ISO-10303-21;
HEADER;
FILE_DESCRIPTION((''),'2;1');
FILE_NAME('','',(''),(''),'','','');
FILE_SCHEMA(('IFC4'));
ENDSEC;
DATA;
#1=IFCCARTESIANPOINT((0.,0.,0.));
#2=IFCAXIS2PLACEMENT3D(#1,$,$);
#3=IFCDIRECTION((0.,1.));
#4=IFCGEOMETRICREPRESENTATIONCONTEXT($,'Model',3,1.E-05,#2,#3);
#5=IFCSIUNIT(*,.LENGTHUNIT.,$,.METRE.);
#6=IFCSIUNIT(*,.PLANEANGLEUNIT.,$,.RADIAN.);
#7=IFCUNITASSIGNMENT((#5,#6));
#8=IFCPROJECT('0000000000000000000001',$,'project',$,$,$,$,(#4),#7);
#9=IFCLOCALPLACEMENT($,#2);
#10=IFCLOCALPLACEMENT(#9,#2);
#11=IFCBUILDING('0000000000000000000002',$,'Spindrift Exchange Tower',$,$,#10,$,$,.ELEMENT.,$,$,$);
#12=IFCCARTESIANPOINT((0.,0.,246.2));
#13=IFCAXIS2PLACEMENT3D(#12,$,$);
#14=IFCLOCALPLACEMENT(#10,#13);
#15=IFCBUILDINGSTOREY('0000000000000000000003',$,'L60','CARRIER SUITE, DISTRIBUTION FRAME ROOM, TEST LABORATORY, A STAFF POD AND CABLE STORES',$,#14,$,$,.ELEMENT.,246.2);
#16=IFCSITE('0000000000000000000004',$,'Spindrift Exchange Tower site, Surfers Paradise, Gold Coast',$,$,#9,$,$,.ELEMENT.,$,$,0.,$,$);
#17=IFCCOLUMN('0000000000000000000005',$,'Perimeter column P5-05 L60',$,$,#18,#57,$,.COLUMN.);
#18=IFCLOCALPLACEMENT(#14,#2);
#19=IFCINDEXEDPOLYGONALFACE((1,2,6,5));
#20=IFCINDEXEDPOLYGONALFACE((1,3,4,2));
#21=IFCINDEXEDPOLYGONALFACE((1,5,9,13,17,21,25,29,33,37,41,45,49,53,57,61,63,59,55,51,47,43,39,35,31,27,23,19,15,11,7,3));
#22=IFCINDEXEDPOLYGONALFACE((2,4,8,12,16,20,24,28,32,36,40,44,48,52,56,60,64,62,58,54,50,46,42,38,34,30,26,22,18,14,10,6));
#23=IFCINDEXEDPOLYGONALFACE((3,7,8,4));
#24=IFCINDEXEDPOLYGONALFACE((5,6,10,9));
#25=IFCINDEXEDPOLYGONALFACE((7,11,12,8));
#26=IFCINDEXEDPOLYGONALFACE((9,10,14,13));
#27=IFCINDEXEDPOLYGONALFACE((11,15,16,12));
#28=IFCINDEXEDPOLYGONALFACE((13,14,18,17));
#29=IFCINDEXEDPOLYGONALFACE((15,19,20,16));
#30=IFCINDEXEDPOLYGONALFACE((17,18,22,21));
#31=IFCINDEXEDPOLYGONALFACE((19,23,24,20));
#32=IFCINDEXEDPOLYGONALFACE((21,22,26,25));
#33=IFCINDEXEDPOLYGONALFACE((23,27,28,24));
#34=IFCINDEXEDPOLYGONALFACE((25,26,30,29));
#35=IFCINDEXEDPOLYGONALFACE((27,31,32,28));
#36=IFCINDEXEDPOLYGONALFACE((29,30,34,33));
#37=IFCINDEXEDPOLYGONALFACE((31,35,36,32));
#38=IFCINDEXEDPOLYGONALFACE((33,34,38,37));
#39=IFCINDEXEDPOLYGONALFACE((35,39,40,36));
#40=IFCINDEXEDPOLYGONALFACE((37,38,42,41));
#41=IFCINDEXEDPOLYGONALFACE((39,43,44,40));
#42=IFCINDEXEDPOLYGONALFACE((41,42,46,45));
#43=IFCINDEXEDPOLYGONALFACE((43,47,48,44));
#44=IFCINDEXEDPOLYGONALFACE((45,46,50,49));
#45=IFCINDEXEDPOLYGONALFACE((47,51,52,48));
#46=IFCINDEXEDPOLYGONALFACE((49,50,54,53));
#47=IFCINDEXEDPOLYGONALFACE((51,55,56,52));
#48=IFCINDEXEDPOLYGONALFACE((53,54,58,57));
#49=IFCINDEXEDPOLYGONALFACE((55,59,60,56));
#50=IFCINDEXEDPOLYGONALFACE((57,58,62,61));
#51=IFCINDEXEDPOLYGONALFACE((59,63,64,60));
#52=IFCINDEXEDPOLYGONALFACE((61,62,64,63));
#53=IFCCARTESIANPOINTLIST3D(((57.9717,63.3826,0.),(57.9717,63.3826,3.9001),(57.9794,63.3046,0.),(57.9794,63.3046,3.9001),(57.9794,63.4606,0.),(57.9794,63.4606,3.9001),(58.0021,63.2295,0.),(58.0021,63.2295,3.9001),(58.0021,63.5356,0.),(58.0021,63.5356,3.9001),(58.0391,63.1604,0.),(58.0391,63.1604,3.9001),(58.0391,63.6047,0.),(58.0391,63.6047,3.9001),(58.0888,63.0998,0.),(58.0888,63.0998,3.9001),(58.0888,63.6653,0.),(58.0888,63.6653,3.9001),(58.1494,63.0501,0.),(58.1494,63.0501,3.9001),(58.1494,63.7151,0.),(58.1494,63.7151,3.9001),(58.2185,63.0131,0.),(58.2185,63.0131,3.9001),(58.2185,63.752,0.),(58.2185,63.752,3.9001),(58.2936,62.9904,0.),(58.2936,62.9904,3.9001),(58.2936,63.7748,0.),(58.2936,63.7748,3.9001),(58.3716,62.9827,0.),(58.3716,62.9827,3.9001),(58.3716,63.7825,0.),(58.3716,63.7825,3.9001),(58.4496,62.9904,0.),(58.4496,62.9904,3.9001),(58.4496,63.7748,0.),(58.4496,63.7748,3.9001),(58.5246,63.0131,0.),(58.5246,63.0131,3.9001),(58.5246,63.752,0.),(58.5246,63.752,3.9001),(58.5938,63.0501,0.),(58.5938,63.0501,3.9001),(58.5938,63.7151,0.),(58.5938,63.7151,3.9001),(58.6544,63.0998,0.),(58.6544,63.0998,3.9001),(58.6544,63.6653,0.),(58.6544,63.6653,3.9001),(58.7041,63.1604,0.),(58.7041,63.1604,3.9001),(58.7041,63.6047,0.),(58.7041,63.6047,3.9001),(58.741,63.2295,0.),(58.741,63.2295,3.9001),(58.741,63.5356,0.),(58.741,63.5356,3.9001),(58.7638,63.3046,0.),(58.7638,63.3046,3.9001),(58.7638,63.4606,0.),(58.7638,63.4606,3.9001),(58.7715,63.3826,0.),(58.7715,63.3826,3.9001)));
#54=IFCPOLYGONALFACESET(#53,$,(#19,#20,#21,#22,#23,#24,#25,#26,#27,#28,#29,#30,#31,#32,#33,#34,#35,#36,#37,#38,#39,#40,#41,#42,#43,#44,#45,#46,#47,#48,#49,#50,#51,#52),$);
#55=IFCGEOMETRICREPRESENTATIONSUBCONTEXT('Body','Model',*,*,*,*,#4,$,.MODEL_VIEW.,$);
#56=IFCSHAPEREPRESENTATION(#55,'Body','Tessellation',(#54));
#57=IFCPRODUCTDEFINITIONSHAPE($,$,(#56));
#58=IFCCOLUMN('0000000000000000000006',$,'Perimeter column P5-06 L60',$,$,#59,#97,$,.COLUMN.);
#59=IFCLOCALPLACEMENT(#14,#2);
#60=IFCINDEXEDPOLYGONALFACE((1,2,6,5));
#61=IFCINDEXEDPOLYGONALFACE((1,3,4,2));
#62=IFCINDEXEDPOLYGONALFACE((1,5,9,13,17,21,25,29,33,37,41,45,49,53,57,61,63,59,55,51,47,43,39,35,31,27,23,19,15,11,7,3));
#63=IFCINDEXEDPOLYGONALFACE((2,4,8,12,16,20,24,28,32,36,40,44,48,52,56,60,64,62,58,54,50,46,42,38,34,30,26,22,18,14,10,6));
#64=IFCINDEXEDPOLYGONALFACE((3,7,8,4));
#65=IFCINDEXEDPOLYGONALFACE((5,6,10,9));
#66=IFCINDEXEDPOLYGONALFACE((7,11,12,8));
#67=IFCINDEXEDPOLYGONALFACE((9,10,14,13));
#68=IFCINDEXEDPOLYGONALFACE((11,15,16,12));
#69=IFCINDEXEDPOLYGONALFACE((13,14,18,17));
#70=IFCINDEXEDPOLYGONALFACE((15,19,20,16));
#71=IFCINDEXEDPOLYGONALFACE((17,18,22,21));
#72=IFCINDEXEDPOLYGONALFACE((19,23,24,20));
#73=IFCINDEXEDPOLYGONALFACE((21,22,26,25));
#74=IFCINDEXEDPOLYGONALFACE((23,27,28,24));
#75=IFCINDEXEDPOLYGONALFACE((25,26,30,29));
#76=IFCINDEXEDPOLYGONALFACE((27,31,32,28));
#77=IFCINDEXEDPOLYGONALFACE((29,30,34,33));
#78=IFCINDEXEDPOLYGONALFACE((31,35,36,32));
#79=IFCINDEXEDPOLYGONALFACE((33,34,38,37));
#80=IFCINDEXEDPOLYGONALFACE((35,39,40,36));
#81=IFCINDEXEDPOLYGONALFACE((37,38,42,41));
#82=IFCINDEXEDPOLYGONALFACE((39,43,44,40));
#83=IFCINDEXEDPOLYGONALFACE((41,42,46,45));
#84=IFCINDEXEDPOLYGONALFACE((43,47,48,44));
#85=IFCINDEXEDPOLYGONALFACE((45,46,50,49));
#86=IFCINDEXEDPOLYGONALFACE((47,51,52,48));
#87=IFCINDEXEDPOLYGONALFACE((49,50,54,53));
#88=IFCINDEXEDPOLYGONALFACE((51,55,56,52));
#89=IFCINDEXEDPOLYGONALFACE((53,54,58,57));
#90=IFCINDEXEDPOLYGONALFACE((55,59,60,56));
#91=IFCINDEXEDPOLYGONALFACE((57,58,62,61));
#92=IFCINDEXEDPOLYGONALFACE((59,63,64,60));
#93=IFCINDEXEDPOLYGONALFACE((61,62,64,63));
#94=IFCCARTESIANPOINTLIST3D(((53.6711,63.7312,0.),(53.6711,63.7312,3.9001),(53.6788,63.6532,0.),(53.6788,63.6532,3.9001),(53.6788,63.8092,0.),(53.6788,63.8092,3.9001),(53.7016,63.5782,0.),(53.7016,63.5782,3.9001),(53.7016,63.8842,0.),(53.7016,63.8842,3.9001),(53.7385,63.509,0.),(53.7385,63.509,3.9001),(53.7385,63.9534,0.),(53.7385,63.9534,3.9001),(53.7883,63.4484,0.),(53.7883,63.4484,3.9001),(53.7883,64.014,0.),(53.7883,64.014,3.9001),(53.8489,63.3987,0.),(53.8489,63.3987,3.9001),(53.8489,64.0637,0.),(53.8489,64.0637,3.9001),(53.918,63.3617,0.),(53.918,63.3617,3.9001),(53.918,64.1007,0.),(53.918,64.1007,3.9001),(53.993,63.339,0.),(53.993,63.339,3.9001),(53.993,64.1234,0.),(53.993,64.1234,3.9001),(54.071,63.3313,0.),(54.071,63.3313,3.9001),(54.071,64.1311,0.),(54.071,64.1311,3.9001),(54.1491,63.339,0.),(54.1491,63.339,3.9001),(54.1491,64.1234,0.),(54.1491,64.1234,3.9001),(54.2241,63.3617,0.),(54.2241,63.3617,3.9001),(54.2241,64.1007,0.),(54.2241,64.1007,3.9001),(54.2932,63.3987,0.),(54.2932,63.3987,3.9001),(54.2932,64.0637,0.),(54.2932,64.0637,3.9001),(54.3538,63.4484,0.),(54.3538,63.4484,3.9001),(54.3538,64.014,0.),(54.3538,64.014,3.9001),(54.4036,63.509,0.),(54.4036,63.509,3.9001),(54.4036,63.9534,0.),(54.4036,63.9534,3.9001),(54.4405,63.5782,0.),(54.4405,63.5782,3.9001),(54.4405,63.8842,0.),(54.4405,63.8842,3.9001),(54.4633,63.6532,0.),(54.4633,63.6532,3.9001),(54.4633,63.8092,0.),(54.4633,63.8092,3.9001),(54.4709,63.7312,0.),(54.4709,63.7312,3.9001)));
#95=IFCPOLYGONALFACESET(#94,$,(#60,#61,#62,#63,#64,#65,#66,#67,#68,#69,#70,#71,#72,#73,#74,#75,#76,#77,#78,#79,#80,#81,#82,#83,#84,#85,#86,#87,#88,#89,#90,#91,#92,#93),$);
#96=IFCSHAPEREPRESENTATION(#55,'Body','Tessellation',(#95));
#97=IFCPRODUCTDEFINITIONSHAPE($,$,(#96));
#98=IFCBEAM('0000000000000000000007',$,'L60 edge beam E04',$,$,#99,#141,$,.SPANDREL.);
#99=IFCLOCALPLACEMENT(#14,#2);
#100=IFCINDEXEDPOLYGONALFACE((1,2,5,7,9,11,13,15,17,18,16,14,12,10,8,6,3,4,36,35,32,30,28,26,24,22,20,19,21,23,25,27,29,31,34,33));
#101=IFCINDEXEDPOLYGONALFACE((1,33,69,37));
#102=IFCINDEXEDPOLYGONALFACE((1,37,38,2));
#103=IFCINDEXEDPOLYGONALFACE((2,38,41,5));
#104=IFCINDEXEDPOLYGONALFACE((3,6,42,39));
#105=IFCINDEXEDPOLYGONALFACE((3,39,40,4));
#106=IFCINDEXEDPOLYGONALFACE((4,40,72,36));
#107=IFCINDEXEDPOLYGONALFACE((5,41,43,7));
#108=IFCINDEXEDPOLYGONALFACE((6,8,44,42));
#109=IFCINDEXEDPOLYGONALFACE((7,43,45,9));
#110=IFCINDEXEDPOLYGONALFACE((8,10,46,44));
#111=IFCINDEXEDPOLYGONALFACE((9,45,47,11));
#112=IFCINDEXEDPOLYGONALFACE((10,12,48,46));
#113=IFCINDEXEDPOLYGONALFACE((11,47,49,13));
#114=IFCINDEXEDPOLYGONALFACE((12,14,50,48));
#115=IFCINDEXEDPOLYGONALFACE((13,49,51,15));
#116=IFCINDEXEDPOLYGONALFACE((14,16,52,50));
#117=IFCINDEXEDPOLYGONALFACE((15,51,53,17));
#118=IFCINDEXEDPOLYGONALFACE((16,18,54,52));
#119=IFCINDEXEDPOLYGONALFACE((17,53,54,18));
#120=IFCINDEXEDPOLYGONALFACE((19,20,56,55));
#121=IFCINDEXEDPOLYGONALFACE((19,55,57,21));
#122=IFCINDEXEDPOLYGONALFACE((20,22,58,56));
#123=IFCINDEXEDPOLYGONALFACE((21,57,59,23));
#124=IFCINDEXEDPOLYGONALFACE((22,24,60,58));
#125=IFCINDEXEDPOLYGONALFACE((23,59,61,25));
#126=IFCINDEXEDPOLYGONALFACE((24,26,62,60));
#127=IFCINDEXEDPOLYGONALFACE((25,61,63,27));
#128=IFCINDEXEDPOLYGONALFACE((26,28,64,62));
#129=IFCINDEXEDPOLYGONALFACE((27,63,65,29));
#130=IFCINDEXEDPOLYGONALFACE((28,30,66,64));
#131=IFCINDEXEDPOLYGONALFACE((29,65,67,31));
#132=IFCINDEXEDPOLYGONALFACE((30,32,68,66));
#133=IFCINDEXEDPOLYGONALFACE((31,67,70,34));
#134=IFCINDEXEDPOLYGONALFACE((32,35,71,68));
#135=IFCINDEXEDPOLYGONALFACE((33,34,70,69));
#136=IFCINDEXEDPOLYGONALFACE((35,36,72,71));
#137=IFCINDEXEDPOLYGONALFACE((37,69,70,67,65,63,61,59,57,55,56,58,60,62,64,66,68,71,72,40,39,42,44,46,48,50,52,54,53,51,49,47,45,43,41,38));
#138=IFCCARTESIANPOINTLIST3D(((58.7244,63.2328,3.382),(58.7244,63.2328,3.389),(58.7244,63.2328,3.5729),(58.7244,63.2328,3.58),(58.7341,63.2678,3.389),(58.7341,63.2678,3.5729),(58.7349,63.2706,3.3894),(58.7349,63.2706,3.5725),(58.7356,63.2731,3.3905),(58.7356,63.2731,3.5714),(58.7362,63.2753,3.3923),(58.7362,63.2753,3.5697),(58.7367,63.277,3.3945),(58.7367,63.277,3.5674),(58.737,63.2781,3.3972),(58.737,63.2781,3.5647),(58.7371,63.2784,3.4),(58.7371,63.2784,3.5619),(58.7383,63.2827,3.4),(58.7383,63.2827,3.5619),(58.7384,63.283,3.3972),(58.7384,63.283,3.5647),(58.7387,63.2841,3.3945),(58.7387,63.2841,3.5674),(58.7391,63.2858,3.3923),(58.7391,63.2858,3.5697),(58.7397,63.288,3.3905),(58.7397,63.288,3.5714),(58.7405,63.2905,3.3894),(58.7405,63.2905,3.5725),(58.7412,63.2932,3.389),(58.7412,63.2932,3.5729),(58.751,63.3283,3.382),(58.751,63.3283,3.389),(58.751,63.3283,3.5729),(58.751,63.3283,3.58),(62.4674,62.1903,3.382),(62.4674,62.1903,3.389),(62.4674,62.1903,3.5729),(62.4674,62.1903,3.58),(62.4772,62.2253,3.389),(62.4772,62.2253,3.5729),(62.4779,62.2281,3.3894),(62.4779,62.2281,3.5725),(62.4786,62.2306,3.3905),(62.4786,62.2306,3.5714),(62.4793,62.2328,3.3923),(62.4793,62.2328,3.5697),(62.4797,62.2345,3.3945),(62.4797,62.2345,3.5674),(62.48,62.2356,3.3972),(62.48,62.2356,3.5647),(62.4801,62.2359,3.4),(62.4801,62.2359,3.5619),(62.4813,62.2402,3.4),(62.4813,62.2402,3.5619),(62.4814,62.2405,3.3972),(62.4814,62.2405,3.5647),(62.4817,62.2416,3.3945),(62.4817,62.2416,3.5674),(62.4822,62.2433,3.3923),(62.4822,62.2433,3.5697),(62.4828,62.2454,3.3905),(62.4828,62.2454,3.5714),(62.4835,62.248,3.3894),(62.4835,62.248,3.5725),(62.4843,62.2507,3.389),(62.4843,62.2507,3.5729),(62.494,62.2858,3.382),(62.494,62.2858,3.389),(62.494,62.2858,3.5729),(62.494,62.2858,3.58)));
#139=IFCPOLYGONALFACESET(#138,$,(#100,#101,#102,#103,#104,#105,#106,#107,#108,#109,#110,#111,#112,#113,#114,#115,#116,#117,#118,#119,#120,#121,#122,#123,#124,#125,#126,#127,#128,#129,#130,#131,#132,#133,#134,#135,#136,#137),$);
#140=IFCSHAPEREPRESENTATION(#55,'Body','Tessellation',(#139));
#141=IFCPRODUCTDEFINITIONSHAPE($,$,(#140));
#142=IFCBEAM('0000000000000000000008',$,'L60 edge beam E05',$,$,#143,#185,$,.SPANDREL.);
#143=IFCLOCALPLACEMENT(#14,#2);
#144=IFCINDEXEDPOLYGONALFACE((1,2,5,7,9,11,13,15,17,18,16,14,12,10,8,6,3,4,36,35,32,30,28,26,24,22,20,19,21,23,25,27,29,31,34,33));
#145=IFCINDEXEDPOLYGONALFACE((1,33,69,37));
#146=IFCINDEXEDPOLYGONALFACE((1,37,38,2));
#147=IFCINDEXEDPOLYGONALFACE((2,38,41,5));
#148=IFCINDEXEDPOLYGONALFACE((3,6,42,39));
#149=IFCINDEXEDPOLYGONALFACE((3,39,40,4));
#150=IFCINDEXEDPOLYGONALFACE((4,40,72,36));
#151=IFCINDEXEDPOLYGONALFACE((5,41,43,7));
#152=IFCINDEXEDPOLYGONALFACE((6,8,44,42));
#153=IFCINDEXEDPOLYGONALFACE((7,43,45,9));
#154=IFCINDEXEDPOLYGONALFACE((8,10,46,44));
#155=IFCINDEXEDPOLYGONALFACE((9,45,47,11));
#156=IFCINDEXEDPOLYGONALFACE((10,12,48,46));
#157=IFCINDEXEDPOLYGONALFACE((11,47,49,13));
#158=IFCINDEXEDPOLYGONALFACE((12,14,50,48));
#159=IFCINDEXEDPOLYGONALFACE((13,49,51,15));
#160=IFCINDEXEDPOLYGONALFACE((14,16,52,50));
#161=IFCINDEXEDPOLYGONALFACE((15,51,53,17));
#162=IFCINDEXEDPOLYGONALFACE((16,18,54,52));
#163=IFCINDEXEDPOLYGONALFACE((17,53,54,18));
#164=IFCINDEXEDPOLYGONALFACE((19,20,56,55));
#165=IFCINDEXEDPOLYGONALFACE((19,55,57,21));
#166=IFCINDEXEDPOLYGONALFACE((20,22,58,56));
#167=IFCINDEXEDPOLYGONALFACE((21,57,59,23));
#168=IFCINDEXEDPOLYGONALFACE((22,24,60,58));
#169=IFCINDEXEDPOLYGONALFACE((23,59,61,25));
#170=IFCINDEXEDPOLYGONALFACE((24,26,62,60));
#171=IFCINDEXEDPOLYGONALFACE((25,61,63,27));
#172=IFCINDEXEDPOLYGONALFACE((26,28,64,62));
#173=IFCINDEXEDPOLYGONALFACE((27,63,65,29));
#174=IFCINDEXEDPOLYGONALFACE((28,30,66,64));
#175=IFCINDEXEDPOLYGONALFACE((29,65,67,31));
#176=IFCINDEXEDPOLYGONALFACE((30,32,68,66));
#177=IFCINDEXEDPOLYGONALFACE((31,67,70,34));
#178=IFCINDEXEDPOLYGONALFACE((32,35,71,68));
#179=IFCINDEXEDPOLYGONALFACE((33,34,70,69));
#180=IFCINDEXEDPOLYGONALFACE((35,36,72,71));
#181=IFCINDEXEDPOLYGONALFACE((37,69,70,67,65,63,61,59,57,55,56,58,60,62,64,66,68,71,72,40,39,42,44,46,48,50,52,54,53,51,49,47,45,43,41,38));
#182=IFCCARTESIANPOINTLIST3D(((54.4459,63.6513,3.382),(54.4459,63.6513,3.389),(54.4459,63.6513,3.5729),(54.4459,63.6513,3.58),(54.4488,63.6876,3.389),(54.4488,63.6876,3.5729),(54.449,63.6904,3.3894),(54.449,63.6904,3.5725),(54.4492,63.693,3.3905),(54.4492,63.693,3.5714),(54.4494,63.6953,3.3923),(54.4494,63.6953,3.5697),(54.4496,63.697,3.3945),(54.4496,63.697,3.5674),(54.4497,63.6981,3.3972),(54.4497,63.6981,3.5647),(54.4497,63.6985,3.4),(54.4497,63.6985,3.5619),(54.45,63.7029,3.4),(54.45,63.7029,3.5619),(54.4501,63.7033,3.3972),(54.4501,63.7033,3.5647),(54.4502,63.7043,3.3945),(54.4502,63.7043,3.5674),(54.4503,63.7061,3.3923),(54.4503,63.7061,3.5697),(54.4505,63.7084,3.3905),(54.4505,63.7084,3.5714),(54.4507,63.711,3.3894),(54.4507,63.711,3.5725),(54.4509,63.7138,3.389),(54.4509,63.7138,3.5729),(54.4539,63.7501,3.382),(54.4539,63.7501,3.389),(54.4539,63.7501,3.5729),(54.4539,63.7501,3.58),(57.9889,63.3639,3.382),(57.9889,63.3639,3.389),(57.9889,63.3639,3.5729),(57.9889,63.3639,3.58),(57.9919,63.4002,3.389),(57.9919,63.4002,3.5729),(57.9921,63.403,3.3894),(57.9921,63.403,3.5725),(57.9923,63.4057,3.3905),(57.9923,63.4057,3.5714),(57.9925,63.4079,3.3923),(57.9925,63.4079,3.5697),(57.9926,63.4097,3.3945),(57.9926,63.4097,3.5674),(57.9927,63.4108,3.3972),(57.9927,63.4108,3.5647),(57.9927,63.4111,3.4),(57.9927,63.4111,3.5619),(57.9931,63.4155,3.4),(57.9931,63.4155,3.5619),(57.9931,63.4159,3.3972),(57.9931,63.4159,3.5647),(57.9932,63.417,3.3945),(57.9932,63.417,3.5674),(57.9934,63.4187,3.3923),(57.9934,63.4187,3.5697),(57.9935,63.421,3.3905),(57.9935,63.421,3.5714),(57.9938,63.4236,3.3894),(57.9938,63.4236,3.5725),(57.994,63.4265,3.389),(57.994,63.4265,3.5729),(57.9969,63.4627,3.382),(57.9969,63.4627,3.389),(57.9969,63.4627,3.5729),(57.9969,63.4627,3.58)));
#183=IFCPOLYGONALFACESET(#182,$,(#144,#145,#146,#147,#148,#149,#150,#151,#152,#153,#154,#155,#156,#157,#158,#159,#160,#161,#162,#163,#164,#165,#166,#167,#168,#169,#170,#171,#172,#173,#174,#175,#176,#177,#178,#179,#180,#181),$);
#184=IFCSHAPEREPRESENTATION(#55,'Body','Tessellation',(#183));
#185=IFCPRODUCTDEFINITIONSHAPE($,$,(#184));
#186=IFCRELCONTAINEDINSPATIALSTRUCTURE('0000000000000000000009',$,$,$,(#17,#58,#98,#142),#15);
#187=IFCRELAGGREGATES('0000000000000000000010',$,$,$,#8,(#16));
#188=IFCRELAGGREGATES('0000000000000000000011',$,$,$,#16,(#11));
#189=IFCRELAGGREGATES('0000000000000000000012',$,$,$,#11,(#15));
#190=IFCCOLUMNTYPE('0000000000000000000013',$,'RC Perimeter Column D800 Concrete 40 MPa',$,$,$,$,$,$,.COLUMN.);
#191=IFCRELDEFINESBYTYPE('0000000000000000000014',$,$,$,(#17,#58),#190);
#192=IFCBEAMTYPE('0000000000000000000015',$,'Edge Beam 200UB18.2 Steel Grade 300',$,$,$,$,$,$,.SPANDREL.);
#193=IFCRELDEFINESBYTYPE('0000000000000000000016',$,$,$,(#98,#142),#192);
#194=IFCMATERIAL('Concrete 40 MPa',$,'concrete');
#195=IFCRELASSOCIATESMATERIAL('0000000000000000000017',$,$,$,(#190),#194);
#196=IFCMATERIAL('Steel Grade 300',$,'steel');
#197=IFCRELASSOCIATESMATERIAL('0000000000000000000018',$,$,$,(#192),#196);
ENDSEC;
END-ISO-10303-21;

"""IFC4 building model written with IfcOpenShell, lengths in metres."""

from ifc_helpers import new_model, si_unit, direction, frame, origin, origin_2d, place, context, subcontext, project, spatial, circle, i_section, extrude, source, transform, mapped, material, material_profile, profile_set, type_object, element, save


model = new_model("IFC4")

# Units and contexts
model_context = context("Model", 3, precision=1e-05, world=origin(), true_north=direction((0.0, 1.0)))
body_context = subcontext(model_context, "Body", "Model", "MODEL_VIEW")
ifc_project = project(units=[si_unit("LENGTHUNIT", "METRE"), si_unit("PLANEANGLEUNIT", "RADIAN")], contexts=[model_context])

# Site, building, storey
site_placement = place(None, origin())
site = spatial("IfcSite", under=ifc_project, at=site_placement, Name="Spindrift Exchange Tower site, Surfers Paradise, Gold Coast", CompositionType="ELEMENT", RefElevation=0.0)
building_placement = place(site_placement, origin())
building = spatial("IfcBuilding", under=site, at=building_placement, Name="Spindrift Exchange Tower", CompositionType="ELEMENT")
storey_placement = place(building_placement, frame((0.0, 0.0, 246.2)))
storey = spatial("IfcBuildingStorey", under=building, at=storey_placement, Name="L60", Description="CARRIER SUITE, DISTRIBUTION FRAME ROOM, TEST LABORATORY, A STAFF POD AND CABLE STORES", CompositionType="ELEMENT", Elevation=246.2)

# Columns
ifc_material_1 = material(Name="Concrete 40 MPa", Category="concrete")
ifc_material_profile_1 = material_profile(ifc_material_1, circle(Radius=0.3999, at=origin_2d()), Name="RC D800")
ifc_profile_set_1 = profile_set([ifc_material_profile_1], Name="Concrete 40 MPa")
column_type = type_object("IfcColumnType", Name="RC Perimeter Column D800 Concrete 40 MPa", PredefinedType="COLUMN", material=ifc_profile_set_1)
shared_shape_1 = source(origin(), body_context, "Body", "SweptSolid", [
    extrude(circle(Radius=0.3999, at=origin_2d()), origin(), (0.0, 0.0, 1.0), 3.9001),
])
for number, where, z_axis, x_axis, name in (
    (1, (58.3716, 63.3826, 0.0), (0.0, 0.0, 1.0), (1.0, 0.0, 0.0), "Perimeter column P5-05 L60"),
    (2, (54.071, 63.7312, 0.0), (0.0, 0.0, 1.0), (1.0, 0.0, 0.0), "Perimeter column P5-06 L60"),
):
    element("IfcColumn", number, at=place(storey_placement, frame(where, z_axis=z_axis, x_axis=x_axis)), inside=storey, type_object=column_type, Name=name, PredefinedType="COLUMN", context=body_context, shape_type="MappedRepresentation", body=[
        mapped(shared_shape_1, transform((0.0, 0.0, 0.0), scale=1.0)),
    ])

# Beams
ifc_material_2 = material(Name="Steel Grade 300", Category="steel")
ifc_material_profile_2 = material_profile(ifc_material_2, i_section(OverallWidth=0.0991, OverallDepth=0.198, WebThickness=0.0044, FlangeThickness=0.0071, FilletRadius=0.011, at=origin_2d()), Name="200UB18.2")
ifc_profile_set_2 = profile_set([ifc_material_profile_2], Name="Steel Grade 300")
beam_type_1 = type_object("IfcBeamType", Name="Edge Beam 200UB18.2 Steel Grade 300", PredefinedType="SPANDREL", material=ifc_profile_set_2)
shared_shape_2 = source(origin(), body_context, "Body", "SweptSolid", [
    extrude(i_section(OverallWidth=0.0991, OverallDepth=0.198, WebThickness=0.0044, FlangeThickness=0.0071, FilletRadius=0.011, at=origin_2d()), origin(), (0.0, 0.0, 1.0), 3.8855),
])
beam_1_placement = place(storey_placement, frame((62.4807, 62.238, 3.481), z_axis=(-0.963333, 0.268308, 0.0), x_axis=(-0.268308, -0.963333, 0.0)))
element("IfcBeam", 3, at=beam_1_placement, inside=storey, type_object=beam_type_1, Name="L60 edge beam E04", PredefinedType="SPANDREL", context=body_context, shape_type="MappedRepresentation", body=[
    mapped(shared_shape_2, transform((0.0, 0.0, 0.0), scale=1.0)),
])
shared_shape_3 = source(origin(), body_context, "Body", "SweptSolid", [
    extrude(i_section(OverallWidth=0.0991, OverallDepth=0.198, WebThickness=0.0044, FlangeThickness=0.0071, FilletRadius=0.011, at=origin_2d()), origin(), (0.0, 0.0, 1.0), 3.5547),
])
beam_2_placement = place(storey_placement, frame((57.9929, 63.4133, 3.481), z_axis=(-0.996727, 0.08084, 0.0), x_axis=(-0.08084, -0.996727, 0.0)))
element("IfcBeam", 4, at=beam_2_placement, inside=storey, type_object=beam_type_1, Name="L60 edge beam E05", PredefinedType="SPANDREL", context=body_context, shape_type="MappedRepresentation", body=[
    mapped(shared_shape_3, transform((0.0, 0.0, 0.0), scale=1.0)),
])

save(model, "model.ifc")
